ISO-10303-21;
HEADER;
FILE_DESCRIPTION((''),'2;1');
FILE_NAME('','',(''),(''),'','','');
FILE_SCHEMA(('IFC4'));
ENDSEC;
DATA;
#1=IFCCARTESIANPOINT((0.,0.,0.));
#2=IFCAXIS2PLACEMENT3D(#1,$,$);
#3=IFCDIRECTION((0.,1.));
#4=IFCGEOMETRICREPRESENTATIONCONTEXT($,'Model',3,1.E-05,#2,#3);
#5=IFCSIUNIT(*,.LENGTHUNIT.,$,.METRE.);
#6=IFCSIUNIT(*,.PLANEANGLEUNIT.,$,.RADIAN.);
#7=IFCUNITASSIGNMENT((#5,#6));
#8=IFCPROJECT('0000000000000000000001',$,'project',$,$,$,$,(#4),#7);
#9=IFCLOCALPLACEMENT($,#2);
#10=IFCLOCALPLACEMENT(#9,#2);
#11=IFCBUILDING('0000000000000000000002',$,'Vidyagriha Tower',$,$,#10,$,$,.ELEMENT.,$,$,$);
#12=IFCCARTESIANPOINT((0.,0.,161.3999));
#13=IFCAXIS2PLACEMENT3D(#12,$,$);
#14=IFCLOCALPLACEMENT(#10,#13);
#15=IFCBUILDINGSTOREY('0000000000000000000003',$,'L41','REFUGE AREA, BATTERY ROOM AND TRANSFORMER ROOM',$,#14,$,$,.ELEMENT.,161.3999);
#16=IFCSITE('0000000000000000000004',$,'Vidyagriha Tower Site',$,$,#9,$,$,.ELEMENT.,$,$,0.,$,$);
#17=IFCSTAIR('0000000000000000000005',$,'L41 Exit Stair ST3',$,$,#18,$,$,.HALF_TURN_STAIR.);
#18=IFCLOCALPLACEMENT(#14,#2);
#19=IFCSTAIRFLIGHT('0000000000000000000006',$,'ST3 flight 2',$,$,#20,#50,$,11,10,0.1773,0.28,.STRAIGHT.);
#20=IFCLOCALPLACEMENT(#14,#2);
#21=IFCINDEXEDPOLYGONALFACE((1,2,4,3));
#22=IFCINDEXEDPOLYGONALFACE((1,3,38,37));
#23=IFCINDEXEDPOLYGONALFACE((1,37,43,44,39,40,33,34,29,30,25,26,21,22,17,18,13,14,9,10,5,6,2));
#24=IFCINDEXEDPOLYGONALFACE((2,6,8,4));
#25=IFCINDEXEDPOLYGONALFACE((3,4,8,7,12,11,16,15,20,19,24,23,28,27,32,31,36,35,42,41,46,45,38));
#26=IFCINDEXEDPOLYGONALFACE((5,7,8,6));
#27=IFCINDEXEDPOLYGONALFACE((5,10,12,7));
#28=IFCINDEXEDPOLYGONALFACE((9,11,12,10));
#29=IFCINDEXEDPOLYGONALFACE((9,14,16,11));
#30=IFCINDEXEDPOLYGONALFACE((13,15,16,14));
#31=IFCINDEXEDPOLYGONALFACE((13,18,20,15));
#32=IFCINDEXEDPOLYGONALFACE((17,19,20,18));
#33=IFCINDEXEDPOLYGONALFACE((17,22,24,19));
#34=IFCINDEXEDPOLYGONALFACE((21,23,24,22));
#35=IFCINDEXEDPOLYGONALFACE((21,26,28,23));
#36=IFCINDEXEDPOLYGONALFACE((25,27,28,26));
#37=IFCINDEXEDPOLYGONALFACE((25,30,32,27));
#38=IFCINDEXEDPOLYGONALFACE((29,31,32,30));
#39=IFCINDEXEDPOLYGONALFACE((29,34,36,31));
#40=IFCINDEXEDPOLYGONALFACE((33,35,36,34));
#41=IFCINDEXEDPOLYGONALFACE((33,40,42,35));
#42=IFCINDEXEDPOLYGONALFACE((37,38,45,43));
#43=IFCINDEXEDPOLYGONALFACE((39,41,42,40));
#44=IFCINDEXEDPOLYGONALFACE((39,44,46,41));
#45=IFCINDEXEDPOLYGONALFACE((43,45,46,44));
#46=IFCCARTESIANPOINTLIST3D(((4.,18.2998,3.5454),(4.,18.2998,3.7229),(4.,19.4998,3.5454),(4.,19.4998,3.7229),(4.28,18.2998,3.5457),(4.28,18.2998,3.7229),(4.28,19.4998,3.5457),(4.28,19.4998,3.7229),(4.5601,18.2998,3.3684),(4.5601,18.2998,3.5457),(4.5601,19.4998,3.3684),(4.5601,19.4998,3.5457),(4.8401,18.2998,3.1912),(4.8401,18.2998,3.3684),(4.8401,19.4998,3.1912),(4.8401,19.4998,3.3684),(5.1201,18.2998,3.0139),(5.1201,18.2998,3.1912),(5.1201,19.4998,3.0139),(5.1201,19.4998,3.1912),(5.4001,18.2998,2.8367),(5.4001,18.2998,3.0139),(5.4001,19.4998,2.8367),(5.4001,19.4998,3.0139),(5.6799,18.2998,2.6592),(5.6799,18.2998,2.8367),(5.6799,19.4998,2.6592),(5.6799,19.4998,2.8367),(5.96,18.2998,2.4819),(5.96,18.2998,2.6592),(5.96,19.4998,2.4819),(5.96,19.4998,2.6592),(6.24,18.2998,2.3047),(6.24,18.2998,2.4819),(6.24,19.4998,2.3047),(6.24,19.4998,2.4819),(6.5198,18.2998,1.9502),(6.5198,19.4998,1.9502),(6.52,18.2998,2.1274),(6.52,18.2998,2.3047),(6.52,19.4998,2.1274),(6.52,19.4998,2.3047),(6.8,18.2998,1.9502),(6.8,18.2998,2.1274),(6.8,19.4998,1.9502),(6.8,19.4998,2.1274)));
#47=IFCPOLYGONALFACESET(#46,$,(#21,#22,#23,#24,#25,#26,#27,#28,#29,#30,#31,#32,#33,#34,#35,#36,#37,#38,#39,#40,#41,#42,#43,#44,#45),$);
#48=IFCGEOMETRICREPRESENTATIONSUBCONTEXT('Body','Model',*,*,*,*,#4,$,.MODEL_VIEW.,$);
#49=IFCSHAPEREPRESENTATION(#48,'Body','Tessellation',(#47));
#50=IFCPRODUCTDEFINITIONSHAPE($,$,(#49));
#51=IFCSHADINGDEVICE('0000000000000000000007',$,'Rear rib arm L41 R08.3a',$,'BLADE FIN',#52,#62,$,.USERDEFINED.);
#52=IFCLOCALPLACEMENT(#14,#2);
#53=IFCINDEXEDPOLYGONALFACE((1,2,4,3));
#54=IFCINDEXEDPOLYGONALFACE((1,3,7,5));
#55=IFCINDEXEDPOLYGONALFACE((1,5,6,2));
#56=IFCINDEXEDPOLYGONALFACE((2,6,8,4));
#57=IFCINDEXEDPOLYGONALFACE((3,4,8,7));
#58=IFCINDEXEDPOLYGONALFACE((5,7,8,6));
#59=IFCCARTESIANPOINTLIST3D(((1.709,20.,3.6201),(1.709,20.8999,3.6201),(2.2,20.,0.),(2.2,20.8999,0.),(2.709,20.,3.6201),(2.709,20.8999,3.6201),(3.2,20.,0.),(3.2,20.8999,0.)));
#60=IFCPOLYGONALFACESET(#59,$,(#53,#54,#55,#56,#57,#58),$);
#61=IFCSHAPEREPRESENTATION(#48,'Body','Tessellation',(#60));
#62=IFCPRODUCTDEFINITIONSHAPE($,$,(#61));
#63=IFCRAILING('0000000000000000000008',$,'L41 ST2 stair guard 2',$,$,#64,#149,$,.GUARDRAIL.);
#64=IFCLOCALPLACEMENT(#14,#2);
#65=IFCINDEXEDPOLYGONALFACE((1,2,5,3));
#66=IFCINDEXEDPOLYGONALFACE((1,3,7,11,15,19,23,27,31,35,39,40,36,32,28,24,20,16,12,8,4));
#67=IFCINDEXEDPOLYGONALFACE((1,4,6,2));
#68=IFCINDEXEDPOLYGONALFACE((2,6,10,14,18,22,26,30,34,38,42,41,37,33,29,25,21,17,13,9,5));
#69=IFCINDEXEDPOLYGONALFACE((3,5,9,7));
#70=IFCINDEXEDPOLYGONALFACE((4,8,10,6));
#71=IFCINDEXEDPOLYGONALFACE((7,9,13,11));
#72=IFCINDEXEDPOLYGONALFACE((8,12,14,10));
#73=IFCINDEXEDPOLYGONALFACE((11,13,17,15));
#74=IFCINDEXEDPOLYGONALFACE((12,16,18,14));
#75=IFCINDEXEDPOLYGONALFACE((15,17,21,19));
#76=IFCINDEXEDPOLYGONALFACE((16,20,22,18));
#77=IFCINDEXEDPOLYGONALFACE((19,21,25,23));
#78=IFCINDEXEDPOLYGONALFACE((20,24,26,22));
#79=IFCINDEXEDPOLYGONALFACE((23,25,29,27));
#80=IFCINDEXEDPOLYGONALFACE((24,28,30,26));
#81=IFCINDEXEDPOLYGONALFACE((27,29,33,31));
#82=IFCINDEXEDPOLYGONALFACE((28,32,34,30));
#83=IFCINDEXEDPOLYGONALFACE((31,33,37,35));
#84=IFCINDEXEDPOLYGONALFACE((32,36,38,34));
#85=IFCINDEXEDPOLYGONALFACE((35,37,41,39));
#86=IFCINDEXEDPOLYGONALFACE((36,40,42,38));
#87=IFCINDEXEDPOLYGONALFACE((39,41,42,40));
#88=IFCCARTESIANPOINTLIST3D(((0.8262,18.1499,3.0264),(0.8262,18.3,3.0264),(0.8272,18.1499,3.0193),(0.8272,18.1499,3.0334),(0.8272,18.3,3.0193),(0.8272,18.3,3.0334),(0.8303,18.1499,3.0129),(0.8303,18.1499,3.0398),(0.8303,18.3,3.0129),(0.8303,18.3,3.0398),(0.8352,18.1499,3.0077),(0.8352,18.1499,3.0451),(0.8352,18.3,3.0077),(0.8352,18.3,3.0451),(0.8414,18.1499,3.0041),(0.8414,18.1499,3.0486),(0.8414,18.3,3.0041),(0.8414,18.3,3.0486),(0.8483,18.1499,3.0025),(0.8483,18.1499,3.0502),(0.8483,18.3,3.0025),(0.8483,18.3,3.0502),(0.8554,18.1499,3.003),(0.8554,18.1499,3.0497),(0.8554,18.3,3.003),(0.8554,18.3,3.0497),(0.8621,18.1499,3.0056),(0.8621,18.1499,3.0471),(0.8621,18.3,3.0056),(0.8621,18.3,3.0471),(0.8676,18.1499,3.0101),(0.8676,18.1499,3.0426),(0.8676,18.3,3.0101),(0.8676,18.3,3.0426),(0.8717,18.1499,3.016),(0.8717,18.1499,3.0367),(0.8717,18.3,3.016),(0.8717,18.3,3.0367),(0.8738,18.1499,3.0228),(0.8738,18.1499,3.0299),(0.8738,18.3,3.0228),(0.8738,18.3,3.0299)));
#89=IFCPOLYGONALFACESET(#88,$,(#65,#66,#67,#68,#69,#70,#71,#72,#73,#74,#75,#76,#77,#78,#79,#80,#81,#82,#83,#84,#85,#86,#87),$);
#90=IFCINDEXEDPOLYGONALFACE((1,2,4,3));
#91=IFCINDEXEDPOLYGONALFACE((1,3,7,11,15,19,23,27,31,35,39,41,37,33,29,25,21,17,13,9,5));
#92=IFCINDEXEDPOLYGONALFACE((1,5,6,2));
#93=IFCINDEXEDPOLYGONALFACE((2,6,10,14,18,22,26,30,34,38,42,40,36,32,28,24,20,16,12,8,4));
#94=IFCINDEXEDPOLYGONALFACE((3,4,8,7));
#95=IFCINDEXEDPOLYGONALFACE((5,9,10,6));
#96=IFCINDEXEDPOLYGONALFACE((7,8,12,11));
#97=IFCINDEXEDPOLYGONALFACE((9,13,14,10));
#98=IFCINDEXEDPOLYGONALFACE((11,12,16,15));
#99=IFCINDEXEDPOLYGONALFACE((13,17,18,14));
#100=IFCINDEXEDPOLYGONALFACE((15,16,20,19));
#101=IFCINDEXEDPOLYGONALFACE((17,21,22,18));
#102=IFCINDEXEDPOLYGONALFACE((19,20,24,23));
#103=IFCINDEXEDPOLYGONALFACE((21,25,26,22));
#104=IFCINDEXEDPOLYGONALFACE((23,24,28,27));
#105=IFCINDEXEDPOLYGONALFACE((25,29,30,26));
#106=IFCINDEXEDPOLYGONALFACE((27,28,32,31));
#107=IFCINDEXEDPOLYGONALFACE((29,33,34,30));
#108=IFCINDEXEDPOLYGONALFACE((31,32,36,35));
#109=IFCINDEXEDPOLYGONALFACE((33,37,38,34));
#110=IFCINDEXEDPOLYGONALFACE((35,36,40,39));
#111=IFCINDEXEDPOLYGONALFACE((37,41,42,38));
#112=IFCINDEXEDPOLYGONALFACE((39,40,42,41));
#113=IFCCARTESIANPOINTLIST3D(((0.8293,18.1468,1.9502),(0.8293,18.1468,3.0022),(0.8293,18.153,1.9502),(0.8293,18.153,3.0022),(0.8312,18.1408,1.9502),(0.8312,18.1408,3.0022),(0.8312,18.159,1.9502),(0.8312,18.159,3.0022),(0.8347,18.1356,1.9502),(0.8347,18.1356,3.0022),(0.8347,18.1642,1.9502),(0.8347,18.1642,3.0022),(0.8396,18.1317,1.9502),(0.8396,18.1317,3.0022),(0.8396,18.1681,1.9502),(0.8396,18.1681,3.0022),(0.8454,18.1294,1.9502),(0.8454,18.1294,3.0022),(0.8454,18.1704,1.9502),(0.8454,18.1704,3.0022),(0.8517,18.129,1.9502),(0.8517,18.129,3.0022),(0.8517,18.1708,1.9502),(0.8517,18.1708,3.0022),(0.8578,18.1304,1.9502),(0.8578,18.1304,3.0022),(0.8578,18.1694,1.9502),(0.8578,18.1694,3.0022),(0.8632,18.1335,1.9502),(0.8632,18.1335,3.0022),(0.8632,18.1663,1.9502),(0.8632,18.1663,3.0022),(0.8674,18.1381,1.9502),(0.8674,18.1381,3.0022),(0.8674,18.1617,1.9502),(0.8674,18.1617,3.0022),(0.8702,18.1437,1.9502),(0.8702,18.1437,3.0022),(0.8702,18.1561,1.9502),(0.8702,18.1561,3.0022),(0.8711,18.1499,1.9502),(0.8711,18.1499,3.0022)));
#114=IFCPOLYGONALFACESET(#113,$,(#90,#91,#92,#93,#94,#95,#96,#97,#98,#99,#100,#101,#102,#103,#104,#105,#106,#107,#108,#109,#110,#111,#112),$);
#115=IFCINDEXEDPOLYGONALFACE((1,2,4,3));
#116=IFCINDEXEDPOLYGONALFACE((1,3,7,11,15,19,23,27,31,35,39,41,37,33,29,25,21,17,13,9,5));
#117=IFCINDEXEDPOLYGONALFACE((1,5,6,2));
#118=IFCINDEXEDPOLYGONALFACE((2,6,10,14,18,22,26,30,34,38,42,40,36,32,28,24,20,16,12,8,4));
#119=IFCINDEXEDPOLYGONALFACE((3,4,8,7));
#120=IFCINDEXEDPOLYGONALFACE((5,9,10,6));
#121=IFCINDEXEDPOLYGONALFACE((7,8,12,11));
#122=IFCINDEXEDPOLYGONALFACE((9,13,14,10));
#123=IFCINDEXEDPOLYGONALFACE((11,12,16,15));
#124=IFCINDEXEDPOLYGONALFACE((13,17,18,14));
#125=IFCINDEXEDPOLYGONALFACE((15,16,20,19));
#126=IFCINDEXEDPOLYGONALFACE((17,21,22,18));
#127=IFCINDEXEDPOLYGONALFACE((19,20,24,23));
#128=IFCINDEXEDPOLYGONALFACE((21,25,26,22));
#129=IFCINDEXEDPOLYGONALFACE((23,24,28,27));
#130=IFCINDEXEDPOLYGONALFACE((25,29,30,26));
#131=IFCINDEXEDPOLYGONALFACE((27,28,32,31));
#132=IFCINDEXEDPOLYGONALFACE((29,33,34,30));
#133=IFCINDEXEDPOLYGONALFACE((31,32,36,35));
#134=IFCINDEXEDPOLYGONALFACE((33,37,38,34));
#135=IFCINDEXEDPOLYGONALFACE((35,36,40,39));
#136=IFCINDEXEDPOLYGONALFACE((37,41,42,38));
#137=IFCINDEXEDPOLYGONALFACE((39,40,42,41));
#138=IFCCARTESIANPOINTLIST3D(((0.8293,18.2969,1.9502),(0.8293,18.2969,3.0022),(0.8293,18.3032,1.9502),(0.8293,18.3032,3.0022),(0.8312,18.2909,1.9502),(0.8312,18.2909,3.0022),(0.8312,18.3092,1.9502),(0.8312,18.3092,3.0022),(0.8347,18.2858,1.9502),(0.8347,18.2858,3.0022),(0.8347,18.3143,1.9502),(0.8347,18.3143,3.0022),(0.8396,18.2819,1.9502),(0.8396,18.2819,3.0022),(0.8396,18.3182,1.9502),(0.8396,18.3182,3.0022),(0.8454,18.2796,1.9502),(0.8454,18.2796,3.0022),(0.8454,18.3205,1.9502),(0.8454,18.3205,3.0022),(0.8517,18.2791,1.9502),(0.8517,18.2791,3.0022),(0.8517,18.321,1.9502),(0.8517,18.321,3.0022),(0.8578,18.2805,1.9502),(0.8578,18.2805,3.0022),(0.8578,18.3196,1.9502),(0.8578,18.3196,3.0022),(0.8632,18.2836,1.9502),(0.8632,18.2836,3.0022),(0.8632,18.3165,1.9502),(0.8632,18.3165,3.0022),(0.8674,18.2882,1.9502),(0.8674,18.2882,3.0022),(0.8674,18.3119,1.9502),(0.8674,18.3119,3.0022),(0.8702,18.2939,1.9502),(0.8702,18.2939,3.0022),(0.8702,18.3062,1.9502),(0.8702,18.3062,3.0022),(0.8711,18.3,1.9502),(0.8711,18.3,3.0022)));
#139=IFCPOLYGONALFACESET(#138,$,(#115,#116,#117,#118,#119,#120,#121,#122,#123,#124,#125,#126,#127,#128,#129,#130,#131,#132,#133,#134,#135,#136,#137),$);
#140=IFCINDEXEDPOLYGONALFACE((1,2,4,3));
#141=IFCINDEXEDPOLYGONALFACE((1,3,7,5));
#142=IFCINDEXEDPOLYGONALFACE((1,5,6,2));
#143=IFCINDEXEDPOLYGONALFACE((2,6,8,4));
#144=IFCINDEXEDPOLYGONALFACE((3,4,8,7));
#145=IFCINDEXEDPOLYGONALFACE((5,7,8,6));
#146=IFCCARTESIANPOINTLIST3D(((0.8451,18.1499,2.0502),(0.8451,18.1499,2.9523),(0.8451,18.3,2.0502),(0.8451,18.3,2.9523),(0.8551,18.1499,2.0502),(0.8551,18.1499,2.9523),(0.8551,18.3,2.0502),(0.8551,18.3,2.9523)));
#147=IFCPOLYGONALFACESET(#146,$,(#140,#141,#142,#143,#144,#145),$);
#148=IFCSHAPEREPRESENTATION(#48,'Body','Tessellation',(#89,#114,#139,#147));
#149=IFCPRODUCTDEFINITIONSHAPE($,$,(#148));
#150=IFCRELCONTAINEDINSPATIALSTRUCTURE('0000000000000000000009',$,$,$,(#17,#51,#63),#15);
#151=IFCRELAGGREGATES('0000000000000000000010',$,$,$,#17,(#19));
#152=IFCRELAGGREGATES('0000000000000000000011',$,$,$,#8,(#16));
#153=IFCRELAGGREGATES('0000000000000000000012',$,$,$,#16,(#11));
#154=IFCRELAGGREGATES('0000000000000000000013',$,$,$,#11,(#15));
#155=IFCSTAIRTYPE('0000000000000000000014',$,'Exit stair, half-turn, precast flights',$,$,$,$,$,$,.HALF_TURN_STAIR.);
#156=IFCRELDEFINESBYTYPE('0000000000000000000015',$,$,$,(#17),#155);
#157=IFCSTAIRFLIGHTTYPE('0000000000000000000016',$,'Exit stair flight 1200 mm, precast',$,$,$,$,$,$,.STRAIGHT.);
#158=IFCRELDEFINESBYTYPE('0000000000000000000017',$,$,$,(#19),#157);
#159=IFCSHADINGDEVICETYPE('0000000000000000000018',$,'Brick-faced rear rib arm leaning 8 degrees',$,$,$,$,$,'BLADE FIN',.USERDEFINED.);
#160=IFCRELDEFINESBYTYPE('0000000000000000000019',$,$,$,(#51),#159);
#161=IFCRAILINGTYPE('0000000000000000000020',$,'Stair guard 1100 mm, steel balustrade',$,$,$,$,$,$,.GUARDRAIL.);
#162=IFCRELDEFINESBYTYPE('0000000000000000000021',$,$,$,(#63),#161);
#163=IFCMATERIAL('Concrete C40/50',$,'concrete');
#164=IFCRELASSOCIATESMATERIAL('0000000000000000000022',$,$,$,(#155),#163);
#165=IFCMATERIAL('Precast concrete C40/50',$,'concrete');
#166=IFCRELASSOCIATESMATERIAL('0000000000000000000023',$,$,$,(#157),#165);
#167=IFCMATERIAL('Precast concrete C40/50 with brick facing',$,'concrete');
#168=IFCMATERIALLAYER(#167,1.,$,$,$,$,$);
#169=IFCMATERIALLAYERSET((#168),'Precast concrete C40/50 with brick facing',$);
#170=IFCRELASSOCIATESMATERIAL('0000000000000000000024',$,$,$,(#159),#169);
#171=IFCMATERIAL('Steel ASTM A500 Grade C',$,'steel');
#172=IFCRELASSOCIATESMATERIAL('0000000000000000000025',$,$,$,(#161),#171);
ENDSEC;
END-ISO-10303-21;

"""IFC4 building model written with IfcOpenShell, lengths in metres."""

from ifc_helpers import new_model, si_unit, direction, frame, origin, origin_2d, place, context, subcontext, project, spatial, polyline, rectangle, circle, outline, extrude, material, layer, layer_set, type_object, element, aggregate, save


model = new_model("IFC4")

# Units and contexts
model_context = context("Model", 3, precision=1e-05, world=origin(), true_north=direction((0.0, 1.0)))
body_context = subcontext(model_context, "Body", "Model", "MODEL_VIEW")
ifc_project = project(units=[si_unit("LENGTHUNIT", "METRE"), si_unit("PLANEANGLEUNIT", "RADIAN")], contexts=[model_context])

# Site, building, storey
site_placement = place(None, origin())
site = spatial("IfcSite", under=ifc_project, at=site_placement, Name="Vidyagriha Tower Site", CompositionType="ELEMENT", RefElevation=0.0)
building_placement = place(site_placement, origin())
building = spatial("IfcBuilding", under=site, at=building_placement, Name="Vidyagriha Tower", CompositionType="ELEMENT")
storey_placement = place(building_placement, frame((0.0, 0.0, 161.3999)))
storey = spatial("IfcBuildingStorey", under=building, at=storey_placement, Name="L41", Description="REFUGE AREA, BATTERY ROOM AND TRANSFORMER ROOM", CompositionType="ELEMENT", Elevation=161.3999)

# Shared definitions
ifc_material_1 = material(Name="Concrete C40/50", Category="concrete")
stair_type = type_object("IfcStairType", Name="Exit stair, half-turn, precast flights", PredefinedType="HALF_TURN_STAIR", material=ifc_material_1)
ifc_material_2 = material(Name="Precast concrete C40/50", Category="concrete")
stair_flight_type = type_object("IfcStairFlightType", Name="Exit stair flight 1200 mm, precast", PredefinedType="STRAIGHT", material=ifc_material_2)

# Stair, stair flight
stair_1_placement = place(storey_placement, origin())
stair_1 = element("IfcStair", 1, at=stair_1_placement, inside=storey, type_object=stair_type, Name="L41 Exit Stair ST3", PredefinedType="HALF_TURN_STAIR")
stair_flight_1_placement = place(storey_placement, frame((6.8, 18.8999, 1.9502), z_axis=(0.0, 0.0, 1.0), x_axis=(-1.0, 0.0, 0.0)))
stair_flight_1 = element("IfcStairFlight", 2, at=stair_flight_1_placement, type_object=stair_flight_type, Name="ST3 flight 2", NumberOfRisers=11, NumberOfTreads=10, PredefinedType="STRAIGHT", RiserHeight=0.1773, TreadLength=0.28, context=body_context, shape_type="SweptSolid", body=[
    extrude(outline(polyline([(0.0, 0.0), (0.0, 0.1772), (0.28, 0.1772), (0.28, 0.3545), (0.5601, 0.3545), (0.5601, 0.5317), (0.8401, 0.5317), (0.8401, 0.709), (1.1201, 0.709), (1.1201, 0.8865), (1.3999, 0.8865), (1.3999, 1.0637), (1.6799, 1.0637), (1.6799, 1.241), (1.96, 1.241), (1.96, 1.4182), (2.24, 1.4182), (2.24, 1.5955), (2.52, 1.5955), (2.52, 1.7727), (2.8, 1.7727), (2.8, 1.95), (2.8, 1.5952), (0.2803, 0.0), (0.0, 0.0)])), frame((0.0, 0.6001, 0.0), z_axis=(0.0, -1.0, 0.0), x_axis=(1.0, 0.0, 0.0)), (0.0, 0.0, 1.0), 1.2),
])
aggregate(stair_1, [stair_flight_1])

# Shading device
ifc_material_3 = material(Name="Precast concrete C40/50 with brick facing", Category="concrete")
ifc_layer_1 = layer(ifc_material_3, 1.0)
ifc_layer_set_1 = layer_set([ifc_layer_1], Name="Precast concrete C40/50 with brick facing")
shading_device_type = type_object("IfcShadingDeviceType", Name="Brick-faced rear rib arm leaning 8 degrees", ElementType="BLADE FIN", PredefinedType="USERDEFINED", material=ifc_layer_set_1)
shading_device_placement = place(storey_placement, frame((3.2, 20.45, 0.0), z_axis=(0.0, 0.0, 1.0), x_axis=(-1.0, 0.0, 0.0)))
element("IfcShadingDevice", 3, at=shading_device_placement, inside=storey, type_object=shading_device_type, Name="Rear rib arm L41 R08.3a", ObjectType="BLADE FIN", PredefinedType="USERDEFINED", context=body_context, shape_type="SweptSolid", body=[
    extrude(outline(polyline([(0.0, 0.0), (1.0, 0.0), (1.491, 3.6201), (0.491, 3.6201), (0.0, 0.0)])), frame((0.0, 0.45, 0.0), z_axis=(0.0, -1.0, 0.0), x_axis=(1.0, 0.0, 0.0)), (0.0, 0.0, 1.0), 0.8999),
])

# Railing
ifc_material_4 = material(Name="Steel ASTM A500 Grade C", Category="steel")
railing_type_1 = type_object("IfcRailingType", Name="Stair guard 1100 mm, steel balustrade", PredefinedType="GUARDRAIL", material=ifc_material_4)
railing_1_placement = place(storey_placement, frame((0.8501, 18.1499, 1.9502)))
element("IfcRailing", 4, at=railing_1_placement, inside=storey, type_object=railing_type_1, Name="L41 ST2 stair guard 2", PredefinedType="GUARDRAIL", context=body_context, shape_type="SweptSolid", body=[
    extrude(circle(Radius=0.0239, at=origin_2d()), frame((0.0, 0.0, 1.0762), z_axis=(0.0, 1.0, 0.0), x_axis=(-1.0, 0.0, 0.0)), (0.0, 0.0, 1.0), 0.1501),
    extrude(circle(Radius=0.021, at=origin_2d()), origin(), (0.0, 0.0, 1.0), 1.052),
    extrude(circle(Radius=0.021, at=origin_2d()), frame((0.0, 0.1501, 0.0)), (0.0, 0.0, 1.0), 1.052),
    extrude(rectangle(XDim=0.01, YDim=0.9021, at=origin_2d()), frame((0.0, 0.0, 0.551), z_axis=(0.0, 1.0, 0.0), x_axis=(-1.0, 0.0, 0.0)), (0.0, 0.0, 1.0), 0.1501),
])

save(model, "model.ifc")
